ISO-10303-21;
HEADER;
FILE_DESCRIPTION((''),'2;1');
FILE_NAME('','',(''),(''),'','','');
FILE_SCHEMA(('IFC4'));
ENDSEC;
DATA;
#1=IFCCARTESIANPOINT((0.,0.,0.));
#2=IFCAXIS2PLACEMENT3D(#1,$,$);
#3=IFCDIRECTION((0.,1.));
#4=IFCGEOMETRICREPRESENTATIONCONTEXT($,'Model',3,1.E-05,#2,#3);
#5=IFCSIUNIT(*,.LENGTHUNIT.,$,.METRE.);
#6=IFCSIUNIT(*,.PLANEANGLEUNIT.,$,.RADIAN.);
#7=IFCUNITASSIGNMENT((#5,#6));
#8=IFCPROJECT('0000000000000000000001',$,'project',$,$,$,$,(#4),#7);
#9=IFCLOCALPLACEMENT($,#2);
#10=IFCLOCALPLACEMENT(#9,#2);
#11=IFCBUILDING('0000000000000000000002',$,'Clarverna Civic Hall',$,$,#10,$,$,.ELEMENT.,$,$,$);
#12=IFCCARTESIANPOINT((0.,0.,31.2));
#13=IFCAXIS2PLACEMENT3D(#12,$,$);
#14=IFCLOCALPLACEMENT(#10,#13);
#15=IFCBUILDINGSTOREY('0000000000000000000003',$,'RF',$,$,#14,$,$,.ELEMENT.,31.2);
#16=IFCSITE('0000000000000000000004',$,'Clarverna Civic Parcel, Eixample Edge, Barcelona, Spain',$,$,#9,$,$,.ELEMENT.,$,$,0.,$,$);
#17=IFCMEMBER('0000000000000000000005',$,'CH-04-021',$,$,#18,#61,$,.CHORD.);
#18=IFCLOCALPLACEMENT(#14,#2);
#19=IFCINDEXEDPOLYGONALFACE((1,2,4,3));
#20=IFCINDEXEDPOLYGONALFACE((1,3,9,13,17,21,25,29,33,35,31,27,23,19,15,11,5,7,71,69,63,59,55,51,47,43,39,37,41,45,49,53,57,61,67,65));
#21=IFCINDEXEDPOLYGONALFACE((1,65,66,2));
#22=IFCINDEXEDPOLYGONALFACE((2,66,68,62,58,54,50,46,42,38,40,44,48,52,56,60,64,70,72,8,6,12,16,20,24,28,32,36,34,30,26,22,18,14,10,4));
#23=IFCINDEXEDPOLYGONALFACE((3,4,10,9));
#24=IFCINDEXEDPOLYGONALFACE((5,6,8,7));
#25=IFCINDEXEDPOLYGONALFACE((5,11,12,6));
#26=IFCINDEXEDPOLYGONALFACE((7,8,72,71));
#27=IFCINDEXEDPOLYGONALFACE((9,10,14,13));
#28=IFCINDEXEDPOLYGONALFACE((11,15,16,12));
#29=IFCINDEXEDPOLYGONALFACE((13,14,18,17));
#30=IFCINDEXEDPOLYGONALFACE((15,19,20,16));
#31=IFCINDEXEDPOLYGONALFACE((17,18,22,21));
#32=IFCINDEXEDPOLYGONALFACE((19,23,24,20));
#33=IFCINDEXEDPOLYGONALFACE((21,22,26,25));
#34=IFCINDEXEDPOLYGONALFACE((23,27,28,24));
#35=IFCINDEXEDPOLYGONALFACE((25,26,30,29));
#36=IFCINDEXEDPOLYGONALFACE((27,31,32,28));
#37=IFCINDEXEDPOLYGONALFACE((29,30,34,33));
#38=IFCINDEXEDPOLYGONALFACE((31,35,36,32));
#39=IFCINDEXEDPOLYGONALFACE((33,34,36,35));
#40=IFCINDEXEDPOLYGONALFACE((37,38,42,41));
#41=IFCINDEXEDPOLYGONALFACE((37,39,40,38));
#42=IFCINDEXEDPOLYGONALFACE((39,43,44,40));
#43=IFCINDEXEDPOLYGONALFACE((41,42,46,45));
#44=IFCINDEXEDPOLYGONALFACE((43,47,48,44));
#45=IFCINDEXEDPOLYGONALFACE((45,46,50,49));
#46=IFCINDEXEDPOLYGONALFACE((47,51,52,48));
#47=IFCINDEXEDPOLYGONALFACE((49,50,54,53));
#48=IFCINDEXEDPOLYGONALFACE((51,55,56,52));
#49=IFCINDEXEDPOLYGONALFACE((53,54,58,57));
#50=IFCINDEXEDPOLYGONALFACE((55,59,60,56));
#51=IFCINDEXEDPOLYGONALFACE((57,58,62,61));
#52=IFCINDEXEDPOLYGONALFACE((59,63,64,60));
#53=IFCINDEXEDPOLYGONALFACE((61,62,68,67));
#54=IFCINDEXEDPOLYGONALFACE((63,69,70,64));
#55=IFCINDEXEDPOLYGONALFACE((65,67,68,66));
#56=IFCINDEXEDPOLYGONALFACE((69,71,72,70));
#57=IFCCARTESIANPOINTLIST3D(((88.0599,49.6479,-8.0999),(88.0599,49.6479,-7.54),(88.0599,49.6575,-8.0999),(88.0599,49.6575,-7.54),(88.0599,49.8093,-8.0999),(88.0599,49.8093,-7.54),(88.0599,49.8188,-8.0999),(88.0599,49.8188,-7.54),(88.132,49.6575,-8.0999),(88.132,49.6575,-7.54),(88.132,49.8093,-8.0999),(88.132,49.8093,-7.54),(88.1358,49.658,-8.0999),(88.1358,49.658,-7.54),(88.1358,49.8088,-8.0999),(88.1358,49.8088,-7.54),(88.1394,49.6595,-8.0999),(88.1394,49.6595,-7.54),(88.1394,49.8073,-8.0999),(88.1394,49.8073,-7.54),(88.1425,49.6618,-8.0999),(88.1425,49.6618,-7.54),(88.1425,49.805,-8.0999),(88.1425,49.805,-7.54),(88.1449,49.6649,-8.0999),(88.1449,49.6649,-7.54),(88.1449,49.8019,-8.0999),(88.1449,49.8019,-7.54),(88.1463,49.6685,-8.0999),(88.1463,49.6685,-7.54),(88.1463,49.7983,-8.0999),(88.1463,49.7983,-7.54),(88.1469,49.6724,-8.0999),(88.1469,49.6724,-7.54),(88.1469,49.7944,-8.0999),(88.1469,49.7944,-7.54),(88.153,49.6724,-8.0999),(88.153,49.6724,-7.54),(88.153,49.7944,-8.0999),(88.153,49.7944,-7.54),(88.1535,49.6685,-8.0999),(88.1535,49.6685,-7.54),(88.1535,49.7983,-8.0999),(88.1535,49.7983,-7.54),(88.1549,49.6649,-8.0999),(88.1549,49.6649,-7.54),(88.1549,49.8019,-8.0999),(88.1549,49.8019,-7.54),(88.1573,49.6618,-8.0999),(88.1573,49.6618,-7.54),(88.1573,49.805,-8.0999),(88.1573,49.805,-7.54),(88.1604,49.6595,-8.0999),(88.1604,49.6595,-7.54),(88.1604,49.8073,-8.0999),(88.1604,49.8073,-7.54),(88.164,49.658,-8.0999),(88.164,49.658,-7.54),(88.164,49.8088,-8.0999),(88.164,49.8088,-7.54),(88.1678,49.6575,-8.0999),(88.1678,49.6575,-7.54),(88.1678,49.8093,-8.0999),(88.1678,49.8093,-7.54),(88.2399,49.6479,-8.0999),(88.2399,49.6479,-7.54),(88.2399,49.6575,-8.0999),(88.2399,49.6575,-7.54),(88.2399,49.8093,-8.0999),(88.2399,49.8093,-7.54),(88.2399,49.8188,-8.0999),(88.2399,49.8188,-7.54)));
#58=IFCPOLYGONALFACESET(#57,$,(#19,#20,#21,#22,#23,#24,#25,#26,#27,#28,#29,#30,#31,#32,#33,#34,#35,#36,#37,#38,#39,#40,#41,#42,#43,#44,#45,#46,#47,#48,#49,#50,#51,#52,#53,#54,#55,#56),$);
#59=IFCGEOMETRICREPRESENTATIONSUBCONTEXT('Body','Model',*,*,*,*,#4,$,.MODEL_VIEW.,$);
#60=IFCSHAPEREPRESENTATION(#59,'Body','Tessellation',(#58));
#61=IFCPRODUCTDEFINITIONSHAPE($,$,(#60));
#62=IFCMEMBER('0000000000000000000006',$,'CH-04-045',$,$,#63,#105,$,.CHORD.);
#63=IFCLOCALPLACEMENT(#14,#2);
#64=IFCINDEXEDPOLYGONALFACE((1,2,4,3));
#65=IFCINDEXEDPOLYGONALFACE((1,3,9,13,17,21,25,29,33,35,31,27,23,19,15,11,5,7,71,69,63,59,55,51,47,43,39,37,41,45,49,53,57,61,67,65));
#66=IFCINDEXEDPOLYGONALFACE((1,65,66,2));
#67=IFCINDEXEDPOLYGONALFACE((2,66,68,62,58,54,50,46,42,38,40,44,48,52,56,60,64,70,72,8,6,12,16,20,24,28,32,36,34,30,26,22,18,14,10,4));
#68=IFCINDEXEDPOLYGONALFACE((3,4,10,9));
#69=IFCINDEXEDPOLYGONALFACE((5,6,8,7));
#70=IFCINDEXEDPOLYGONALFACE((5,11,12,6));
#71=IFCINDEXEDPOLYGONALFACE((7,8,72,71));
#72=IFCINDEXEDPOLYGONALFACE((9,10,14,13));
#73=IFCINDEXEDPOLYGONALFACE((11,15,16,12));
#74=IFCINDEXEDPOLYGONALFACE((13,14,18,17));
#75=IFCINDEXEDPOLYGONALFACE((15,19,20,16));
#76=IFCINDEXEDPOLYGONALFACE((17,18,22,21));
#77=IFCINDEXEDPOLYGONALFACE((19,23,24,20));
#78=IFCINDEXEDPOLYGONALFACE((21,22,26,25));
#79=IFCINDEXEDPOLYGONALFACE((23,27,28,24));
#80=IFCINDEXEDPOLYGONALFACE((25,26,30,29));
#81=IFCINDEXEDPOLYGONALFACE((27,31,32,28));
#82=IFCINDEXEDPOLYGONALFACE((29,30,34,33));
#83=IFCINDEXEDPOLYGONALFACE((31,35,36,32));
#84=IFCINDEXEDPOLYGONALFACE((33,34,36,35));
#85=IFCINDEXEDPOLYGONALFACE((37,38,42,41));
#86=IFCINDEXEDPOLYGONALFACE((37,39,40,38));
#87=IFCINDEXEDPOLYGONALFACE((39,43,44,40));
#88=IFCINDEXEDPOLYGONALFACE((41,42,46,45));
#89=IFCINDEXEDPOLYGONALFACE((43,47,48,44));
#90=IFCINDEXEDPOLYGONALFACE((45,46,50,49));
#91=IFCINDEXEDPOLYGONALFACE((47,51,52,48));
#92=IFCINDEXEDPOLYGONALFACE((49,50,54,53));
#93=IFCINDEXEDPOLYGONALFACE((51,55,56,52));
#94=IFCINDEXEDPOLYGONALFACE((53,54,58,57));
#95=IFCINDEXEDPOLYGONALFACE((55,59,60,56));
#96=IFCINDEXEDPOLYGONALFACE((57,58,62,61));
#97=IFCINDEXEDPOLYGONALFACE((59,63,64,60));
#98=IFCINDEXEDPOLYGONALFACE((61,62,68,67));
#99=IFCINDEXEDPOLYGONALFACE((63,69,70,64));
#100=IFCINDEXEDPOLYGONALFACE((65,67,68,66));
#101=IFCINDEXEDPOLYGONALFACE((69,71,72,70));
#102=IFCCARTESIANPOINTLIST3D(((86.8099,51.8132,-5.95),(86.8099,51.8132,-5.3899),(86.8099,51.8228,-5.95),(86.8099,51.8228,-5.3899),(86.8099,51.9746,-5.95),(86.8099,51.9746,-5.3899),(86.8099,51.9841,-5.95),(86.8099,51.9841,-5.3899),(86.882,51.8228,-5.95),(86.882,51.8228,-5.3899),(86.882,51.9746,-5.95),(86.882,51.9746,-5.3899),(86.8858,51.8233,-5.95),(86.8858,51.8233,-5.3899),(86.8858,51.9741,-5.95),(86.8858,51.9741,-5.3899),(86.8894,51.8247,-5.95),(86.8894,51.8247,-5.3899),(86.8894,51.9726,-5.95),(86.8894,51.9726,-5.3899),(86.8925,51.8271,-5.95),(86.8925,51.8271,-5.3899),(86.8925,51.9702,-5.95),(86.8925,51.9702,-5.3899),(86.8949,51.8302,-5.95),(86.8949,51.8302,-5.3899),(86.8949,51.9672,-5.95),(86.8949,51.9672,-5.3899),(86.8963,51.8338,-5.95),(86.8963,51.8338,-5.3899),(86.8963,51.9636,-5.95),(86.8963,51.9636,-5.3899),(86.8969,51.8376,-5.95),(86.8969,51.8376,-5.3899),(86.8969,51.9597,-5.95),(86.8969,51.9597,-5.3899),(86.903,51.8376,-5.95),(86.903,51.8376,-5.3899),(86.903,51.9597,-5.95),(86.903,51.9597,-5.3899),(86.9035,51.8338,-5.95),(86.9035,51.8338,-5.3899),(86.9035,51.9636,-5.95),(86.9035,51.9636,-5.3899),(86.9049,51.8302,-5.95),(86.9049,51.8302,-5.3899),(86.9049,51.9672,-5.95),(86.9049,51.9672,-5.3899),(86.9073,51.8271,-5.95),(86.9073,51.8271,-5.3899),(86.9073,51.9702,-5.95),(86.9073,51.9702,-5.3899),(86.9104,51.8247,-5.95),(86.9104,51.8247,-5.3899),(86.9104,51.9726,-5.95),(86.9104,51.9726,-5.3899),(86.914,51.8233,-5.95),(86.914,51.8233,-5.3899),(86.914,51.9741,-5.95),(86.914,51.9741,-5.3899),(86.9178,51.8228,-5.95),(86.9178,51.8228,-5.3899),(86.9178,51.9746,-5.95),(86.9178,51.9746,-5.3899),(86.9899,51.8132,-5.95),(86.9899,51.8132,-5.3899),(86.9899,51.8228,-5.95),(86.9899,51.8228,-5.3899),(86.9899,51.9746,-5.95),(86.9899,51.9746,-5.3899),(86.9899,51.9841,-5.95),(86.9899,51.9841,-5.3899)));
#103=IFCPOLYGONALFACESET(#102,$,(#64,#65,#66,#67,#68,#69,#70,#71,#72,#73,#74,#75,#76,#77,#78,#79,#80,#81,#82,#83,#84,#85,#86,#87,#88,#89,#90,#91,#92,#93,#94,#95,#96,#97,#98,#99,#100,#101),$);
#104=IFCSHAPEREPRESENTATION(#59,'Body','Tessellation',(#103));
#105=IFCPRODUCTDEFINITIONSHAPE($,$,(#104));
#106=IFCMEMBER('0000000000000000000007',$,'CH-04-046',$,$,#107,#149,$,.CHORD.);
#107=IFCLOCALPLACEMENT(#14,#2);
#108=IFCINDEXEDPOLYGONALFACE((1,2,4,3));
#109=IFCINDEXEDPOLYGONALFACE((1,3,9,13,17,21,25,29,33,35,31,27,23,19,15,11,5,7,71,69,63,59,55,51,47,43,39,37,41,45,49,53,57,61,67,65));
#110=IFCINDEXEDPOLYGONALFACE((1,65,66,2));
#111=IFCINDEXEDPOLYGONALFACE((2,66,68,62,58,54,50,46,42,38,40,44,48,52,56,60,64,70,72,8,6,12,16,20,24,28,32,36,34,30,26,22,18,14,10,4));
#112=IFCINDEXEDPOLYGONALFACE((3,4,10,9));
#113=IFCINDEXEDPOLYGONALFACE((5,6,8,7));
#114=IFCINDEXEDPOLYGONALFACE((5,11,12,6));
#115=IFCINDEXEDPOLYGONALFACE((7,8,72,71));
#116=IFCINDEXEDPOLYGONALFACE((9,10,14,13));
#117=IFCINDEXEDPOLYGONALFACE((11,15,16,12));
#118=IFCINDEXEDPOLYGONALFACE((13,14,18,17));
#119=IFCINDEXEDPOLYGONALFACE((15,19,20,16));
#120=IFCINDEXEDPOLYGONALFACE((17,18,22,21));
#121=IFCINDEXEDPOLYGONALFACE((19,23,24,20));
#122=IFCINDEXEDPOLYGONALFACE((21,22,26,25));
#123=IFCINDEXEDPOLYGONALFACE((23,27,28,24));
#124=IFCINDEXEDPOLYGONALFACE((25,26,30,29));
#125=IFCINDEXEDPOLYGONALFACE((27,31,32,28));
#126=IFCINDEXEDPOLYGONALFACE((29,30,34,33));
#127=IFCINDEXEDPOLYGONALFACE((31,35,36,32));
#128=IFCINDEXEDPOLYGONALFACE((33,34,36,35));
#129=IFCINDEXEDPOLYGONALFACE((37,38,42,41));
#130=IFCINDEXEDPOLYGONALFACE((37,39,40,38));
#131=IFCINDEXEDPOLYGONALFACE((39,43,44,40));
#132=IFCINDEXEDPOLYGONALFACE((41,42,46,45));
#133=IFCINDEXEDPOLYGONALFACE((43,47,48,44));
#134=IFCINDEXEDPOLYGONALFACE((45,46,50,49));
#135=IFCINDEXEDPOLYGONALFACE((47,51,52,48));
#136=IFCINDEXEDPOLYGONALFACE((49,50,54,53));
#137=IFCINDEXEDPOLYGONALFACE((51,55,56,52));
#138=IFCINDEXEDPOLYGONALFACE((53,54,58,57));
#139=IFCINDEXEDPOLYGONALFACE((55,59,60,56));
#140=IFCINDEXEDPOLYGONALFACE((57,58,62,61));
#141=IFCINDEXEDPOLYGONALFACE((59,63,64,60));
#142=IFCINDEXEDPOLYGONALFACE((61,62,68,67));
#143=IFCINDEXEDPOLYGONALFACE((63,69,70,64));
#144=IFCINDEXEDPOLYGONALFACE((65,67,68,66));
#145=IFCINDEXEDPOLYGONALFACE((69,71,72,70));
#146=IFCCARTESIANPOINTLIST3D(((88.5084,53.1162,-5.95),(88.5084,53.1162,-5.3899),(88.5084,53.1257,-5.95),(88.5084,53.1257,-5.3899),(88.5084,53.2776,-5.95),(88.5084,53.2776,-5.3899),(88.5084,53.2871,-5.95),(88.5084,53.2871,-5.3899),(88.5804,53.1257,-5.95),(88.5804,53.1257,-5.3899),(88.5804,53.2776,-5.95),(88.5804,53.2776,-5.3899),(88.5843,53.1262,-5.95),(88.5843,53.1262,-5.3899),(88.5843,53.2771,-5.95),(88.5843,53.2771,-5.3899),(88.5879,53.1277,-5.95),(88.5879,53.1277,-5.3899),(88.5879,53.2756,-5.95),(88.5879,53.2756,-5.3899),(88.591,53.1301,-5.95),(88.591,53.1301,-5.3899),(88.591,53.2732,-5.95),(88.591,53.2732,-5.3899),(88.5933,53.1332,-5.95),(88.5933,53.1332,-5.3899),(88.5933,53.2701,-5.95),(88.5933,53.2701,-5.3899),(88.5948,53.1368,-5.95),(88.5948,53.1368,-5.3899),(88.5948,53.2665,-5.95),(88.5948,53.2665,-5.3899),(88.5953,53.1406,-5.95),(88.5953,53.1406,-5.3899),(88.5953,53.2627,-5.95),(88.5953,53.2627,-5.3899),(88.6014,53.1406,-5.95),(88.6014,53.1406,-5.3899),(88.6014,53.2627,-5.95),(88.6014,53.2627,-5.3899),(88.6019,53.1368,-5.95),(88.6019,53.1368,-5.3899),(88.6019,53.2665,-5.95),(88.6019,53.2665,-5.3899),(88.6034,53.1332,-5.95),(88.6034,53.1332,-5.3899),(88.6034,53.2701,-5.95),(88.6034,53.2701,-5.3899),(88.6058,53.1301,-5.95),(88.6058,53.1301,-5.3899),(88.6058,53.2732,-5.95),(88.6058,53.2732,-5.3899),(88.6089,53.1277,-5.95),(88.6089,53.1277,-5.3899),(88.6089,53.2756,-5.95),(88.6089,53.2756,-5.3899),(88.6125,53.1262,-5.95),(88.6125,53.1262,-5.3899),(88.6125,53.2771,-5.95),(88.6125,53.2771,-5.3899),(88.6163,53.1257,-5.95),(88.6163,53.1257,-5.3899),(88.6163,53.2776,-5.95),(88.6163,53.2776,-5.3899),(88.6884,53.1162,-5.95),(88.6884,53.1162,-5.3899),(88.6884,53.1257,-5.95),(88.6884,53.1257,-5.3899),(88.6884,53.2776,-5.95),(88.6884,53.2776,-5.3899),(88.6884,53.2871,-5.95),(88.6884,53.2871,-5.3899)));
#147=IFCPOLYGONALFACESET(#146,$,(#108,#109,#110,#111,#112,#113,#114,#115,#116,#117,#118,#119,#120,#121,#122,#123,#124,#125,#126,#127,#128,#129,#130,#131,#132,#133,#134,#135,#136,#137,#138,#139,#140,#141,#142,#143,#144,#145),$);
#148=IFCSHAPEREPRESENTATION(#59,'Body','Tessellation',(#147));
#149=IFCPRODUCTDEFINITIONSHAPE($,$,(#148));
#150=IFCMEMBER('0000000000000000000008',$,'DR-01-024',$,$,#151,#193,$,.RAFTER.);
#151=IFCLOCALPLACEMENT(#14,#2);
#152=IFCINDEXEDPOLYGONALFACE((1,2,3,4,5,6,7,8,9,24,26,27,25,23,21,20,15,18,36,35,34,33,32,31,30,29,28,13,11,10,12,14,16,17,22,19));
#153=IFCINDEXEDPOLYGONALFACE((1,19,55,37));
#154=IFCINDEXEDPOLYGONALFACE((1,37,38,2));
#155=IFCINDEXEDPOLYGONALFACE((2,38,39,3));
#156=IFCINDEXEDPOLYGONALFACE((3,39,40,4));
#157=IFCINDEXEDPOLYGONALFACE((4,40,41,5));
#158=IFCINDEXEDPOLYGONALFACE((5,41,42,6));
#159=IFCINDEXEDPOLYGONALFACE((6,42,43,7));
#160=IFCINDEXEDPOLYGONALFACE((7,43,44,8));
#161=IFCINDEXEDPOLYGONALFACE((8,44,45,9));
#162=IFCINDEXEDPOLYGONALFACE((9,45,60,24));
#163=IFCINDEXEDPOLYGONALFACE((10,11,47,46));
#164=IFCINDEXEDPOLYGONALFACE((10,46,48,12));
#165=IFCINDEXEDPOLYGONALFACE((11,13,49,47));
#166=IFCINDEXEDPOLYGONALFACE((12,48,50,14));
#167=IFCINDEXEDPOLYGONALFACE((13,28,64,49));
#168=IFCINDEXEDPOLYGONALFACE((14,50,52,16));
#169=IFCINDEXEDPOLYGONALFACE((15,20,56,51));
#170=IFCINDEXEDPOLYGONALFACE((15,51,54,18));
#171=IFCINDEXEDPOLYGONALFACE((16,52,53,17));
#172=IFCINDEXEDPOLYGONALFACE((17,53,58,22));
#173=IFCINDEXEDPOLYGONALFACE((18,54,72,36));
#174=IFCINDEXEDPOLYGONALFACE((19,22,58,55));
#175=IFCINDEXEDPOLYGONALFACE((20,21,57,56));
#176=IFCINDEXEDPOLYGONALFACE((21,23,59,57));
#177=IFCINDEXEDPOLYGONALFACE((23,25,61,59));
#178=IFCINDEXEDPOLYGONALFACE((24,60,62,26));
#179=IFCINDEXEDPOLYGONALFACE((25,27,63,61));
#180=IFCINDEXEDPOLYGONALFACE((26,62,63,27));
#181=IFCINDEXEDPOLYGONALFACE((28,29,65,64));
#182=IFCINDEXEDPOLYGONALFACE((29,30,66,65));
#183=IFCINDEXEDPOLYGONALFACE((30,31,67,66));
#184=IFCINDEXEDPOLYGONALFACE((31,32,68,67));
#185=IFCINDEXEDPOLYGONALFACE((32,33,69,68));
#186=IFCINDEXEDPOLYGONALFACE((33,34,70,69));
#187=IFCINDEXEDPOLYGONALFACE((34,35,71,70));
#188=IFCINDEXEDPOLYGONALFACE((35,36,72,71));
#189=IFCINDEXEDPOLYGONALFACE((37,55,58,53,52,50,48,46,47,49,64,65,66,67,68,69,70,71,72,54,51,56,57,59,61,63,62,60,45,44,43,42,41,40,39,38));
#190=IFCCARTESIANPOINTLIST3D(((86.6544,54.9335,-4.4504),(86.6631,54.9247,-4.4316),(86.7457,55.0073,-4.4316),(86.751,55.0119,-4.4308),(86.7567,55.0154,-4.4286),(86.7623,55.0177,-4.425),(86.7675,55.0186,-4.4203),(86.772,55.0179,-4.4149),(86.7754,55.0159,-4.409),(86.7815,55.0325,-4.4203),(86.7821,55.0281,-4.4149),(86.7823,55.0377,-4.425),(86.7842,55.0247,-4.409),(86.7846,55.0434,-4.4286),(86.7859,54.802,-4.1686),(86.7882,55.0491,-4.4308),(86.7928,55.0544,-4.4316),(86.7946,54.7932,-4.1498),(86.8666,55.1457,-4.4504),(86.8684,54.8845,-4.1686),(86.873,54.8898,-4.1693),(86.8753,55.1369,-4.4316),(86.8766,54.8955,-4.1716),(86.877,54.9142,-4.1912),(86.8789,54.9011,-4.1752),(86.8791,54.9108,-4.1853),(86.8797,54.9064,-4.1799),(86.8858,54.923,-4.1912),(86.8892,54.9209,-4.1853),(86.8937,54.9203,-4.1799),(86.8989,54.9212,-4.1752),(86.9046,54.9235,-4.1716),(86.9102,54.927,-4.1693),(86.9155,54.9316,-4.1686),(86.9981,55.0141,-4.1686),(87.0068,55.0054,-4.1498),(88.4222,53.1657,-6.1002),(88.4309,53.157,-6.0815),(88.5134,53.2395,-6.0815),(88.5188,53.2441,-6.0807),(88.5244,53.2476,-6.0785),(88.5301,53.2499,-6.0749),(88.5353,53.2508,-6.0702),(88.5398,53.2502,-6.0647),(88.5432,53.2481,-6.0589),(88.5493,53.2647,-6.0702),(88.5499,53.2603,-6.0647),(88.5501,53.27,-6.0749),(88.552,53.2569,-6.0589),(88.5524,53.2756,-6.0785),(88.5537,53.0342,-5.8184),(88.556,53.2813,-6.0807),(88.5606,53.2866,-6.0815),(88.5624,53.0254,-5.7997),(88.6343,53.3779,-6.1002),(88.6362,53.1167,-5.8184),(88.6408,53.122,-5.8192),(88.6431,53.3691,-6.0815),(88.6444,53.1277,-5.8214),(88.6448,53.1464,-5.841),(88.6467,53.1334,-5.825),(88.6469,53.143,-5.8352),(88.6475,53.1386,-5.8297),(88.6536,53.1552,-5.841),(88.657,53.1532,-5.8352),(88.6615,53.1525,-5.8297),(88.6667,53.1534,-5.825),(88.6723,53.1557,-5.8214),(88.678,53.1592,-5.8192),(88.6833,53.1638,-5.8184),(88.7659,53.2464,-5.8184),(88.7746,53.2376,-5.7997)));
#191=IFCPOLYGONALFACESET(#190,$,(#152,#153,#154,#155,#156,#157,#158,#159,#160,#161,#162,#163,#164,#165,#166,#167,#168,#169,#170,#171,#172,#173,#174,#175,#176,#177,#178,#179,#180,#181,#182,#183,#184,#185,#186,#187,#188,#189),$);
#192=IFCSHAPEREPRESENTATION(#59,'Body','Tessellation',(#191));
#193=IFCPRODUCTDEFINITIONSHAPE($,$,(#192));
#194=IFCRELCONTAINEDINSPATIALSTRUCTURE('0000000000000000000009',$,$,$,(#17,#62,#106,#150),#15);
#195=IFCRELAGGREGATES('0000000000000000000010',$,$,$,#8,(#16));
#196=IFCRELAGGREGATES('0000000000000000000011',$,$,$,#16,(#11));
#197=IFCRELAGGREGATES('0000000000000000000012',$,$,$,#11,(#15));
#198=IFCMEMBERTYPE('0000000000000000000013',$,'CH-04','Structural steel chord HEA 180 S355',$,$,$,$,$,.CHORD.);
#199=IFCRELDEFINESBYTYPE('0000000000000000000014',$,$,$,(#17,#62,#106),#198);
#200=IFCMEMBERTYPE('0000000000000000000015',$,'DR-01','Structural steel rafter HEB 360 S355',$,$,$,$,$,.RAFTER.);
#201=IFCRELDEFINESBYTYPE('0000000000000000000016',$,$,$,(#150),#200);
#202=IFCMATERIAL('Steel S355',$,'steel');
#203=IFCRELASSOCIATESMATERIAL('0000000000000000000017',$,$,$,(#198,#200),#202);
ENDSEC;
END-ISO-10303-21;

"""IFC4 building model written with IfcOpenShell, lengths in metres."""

from ifc_helpers import new_model, si_unit, direction, frame, origin, origin_2d, place, context, subcontext, project, spatial, i_section, extrude, material, material_profile, profile_set, type_object, element, save


model = new_model("IFC4")

# Units and contexts
model_context = context("Model", 3, precision=1e-05, world=origin(), true_north=direction((0.0, 1.0)))
body_context = subcontext(model_context, "Body", "Model", "MODEL_VIEW")
ifc_project = project(units=[si_unit("LENGTHUNIT", "METRE"), si_unit("PLANEANGLEUNIT", "RADIAN")], contexts=[model_context])

# Site, building, storey
site_placement = place(None, origin())
site = spatial("IfcSite", under=ifc_project, at=site_placement, Name="Clarverna Civic Parcel, Eixample Edge, Barcelona, Spain", CompositionType="ELEMENT", RefElevation=0.0)
building_placement = place(site_placement, origin())
building = spatial("IfcBuilding", under=site, at=building_placement, Name="Clarverna Civic Hall", CompositionType="ELEMENT")
storey_placement = place(building_placement, frame((0.0, 0.0, 31.2)))
storey = spatial("IfcBuildingStorey", under=building, at=storey_placement, Name="RF", CompositionType="ELEMENT", Elevation=31.2)

# Members
ifc_material_1 = material(Name="Steel S355", Category="steel")
ifc_material_profile_1 = material_profile(ifc_material_1, i_section(OverallWidth=0.1799, OverallDepth=0.1709, WebThickness=0.0061, FlangeThickness=0.0095, FilletRadius=0.0149, at=origin_2d()), Name="HEA 180")
ifc_profile_set_1 = profile_set([ifc_material_profile_1], Name="Steel S355")
member_type_1 = type_object("IfcMemberType", Name="CH-04", Description="Structural steel chord HEA 180 S355", PredefinedType="CHORD", material=ifc_profile_set_1)
member_1_placement = place(storey_placement, frame((88.1499, 49.7334, -8.0999), z_axis=(0.0, 0.0, 1.0), x_axis=(1.0, 0.0, 0.0)))
element("IfcMember", 1, at=member_1_placement, inside=storey, type_object=member_type_1, Name="CH-04-021", PredefinedType="CHORD", context=body_context, shape_type="SweptSolid", body=[
    extrude(i_section(OverallWidth=0.1799, OverallDepth=0.1709, WebThickness=0.0061, FlangeThickness=0.0095, FilletRadius=0.0149, at=origin_2d()), origin(), (0.0, 0.0, 1.0), 0.5598),
])
for number, where, z_axis, x_axis, name in (
    (2, (86.8999, 51.8987, -5.95), (0.0, 0.0, 1.0), (1.0, 0.0, 0.0), "CH-04-045"),
    (3, (88.5984, 53.2017, -5.95), (0.0, 0.0, 1.0), (1.0, 0.0, 0.0), "CH-04-046"),
):
    element("IfcMember", number, at=place(storey_placement, frame(where, z_axis=z_axis, x_axis=x_axis)), inside=storey, type_object=member_type_1, Name=name, PredefinedType="CHORD", context=body_context, shape_type="SweptSolid", body=[
        extrude(i_section(OverallWidth=0.1799, OverallDepth=0.1709, WebThickness=0.0061, FlangeThickness=0.0095, FilletRadius=0.0149, at=origin_2d()), origin(), (0.0, 0.0, 1.0), 0.5601),
    ])
ifc_material_profile_2 = material_profile(ifc_material_1, i_section(OverallWidth=0.3, OverallDepth=0.3601, WebThickness=0.0125, FlangeThickness=0.0225, FilletRadius=0.0271, at=origin_2d()), Name="HEB 360")
ifc_profile_set_2 = profile_set([ifc_material_profile_2], Name="Steel S355")
member_type_2 = type_object("IfcMemberType", Name="DR-01", Description="Structural steel rafter HEB 360 S355", PredefinedType="RAFTER", material=ifc_profile_set_2)
member_2_placement = place(storey_placement, frame((88.5984, 53.2017, -5.95), z_axis=(-0.590174, 0.590174, 0.550807), x_axis=(-0.707107, -0.707107, 0.0)))
element("IfcMember", 4, at=member_2_placement, inside=storey, type_object=member_type_2, Name="DR-01-024", PredefinedType="RAFTER", context=body_context, shape_type="SweptSolid", body=[
    extrude(i_section(OverallWidth=0.3, OverallDepth=0.3601, WebThickness=0.0125, FlangeThickness=0.0225, FilletRadius=0.0271, at=origin_2d()), origin(), (0.0, 0.0, 1.0), 2.9954),
])

save(model, "model.ifc")
